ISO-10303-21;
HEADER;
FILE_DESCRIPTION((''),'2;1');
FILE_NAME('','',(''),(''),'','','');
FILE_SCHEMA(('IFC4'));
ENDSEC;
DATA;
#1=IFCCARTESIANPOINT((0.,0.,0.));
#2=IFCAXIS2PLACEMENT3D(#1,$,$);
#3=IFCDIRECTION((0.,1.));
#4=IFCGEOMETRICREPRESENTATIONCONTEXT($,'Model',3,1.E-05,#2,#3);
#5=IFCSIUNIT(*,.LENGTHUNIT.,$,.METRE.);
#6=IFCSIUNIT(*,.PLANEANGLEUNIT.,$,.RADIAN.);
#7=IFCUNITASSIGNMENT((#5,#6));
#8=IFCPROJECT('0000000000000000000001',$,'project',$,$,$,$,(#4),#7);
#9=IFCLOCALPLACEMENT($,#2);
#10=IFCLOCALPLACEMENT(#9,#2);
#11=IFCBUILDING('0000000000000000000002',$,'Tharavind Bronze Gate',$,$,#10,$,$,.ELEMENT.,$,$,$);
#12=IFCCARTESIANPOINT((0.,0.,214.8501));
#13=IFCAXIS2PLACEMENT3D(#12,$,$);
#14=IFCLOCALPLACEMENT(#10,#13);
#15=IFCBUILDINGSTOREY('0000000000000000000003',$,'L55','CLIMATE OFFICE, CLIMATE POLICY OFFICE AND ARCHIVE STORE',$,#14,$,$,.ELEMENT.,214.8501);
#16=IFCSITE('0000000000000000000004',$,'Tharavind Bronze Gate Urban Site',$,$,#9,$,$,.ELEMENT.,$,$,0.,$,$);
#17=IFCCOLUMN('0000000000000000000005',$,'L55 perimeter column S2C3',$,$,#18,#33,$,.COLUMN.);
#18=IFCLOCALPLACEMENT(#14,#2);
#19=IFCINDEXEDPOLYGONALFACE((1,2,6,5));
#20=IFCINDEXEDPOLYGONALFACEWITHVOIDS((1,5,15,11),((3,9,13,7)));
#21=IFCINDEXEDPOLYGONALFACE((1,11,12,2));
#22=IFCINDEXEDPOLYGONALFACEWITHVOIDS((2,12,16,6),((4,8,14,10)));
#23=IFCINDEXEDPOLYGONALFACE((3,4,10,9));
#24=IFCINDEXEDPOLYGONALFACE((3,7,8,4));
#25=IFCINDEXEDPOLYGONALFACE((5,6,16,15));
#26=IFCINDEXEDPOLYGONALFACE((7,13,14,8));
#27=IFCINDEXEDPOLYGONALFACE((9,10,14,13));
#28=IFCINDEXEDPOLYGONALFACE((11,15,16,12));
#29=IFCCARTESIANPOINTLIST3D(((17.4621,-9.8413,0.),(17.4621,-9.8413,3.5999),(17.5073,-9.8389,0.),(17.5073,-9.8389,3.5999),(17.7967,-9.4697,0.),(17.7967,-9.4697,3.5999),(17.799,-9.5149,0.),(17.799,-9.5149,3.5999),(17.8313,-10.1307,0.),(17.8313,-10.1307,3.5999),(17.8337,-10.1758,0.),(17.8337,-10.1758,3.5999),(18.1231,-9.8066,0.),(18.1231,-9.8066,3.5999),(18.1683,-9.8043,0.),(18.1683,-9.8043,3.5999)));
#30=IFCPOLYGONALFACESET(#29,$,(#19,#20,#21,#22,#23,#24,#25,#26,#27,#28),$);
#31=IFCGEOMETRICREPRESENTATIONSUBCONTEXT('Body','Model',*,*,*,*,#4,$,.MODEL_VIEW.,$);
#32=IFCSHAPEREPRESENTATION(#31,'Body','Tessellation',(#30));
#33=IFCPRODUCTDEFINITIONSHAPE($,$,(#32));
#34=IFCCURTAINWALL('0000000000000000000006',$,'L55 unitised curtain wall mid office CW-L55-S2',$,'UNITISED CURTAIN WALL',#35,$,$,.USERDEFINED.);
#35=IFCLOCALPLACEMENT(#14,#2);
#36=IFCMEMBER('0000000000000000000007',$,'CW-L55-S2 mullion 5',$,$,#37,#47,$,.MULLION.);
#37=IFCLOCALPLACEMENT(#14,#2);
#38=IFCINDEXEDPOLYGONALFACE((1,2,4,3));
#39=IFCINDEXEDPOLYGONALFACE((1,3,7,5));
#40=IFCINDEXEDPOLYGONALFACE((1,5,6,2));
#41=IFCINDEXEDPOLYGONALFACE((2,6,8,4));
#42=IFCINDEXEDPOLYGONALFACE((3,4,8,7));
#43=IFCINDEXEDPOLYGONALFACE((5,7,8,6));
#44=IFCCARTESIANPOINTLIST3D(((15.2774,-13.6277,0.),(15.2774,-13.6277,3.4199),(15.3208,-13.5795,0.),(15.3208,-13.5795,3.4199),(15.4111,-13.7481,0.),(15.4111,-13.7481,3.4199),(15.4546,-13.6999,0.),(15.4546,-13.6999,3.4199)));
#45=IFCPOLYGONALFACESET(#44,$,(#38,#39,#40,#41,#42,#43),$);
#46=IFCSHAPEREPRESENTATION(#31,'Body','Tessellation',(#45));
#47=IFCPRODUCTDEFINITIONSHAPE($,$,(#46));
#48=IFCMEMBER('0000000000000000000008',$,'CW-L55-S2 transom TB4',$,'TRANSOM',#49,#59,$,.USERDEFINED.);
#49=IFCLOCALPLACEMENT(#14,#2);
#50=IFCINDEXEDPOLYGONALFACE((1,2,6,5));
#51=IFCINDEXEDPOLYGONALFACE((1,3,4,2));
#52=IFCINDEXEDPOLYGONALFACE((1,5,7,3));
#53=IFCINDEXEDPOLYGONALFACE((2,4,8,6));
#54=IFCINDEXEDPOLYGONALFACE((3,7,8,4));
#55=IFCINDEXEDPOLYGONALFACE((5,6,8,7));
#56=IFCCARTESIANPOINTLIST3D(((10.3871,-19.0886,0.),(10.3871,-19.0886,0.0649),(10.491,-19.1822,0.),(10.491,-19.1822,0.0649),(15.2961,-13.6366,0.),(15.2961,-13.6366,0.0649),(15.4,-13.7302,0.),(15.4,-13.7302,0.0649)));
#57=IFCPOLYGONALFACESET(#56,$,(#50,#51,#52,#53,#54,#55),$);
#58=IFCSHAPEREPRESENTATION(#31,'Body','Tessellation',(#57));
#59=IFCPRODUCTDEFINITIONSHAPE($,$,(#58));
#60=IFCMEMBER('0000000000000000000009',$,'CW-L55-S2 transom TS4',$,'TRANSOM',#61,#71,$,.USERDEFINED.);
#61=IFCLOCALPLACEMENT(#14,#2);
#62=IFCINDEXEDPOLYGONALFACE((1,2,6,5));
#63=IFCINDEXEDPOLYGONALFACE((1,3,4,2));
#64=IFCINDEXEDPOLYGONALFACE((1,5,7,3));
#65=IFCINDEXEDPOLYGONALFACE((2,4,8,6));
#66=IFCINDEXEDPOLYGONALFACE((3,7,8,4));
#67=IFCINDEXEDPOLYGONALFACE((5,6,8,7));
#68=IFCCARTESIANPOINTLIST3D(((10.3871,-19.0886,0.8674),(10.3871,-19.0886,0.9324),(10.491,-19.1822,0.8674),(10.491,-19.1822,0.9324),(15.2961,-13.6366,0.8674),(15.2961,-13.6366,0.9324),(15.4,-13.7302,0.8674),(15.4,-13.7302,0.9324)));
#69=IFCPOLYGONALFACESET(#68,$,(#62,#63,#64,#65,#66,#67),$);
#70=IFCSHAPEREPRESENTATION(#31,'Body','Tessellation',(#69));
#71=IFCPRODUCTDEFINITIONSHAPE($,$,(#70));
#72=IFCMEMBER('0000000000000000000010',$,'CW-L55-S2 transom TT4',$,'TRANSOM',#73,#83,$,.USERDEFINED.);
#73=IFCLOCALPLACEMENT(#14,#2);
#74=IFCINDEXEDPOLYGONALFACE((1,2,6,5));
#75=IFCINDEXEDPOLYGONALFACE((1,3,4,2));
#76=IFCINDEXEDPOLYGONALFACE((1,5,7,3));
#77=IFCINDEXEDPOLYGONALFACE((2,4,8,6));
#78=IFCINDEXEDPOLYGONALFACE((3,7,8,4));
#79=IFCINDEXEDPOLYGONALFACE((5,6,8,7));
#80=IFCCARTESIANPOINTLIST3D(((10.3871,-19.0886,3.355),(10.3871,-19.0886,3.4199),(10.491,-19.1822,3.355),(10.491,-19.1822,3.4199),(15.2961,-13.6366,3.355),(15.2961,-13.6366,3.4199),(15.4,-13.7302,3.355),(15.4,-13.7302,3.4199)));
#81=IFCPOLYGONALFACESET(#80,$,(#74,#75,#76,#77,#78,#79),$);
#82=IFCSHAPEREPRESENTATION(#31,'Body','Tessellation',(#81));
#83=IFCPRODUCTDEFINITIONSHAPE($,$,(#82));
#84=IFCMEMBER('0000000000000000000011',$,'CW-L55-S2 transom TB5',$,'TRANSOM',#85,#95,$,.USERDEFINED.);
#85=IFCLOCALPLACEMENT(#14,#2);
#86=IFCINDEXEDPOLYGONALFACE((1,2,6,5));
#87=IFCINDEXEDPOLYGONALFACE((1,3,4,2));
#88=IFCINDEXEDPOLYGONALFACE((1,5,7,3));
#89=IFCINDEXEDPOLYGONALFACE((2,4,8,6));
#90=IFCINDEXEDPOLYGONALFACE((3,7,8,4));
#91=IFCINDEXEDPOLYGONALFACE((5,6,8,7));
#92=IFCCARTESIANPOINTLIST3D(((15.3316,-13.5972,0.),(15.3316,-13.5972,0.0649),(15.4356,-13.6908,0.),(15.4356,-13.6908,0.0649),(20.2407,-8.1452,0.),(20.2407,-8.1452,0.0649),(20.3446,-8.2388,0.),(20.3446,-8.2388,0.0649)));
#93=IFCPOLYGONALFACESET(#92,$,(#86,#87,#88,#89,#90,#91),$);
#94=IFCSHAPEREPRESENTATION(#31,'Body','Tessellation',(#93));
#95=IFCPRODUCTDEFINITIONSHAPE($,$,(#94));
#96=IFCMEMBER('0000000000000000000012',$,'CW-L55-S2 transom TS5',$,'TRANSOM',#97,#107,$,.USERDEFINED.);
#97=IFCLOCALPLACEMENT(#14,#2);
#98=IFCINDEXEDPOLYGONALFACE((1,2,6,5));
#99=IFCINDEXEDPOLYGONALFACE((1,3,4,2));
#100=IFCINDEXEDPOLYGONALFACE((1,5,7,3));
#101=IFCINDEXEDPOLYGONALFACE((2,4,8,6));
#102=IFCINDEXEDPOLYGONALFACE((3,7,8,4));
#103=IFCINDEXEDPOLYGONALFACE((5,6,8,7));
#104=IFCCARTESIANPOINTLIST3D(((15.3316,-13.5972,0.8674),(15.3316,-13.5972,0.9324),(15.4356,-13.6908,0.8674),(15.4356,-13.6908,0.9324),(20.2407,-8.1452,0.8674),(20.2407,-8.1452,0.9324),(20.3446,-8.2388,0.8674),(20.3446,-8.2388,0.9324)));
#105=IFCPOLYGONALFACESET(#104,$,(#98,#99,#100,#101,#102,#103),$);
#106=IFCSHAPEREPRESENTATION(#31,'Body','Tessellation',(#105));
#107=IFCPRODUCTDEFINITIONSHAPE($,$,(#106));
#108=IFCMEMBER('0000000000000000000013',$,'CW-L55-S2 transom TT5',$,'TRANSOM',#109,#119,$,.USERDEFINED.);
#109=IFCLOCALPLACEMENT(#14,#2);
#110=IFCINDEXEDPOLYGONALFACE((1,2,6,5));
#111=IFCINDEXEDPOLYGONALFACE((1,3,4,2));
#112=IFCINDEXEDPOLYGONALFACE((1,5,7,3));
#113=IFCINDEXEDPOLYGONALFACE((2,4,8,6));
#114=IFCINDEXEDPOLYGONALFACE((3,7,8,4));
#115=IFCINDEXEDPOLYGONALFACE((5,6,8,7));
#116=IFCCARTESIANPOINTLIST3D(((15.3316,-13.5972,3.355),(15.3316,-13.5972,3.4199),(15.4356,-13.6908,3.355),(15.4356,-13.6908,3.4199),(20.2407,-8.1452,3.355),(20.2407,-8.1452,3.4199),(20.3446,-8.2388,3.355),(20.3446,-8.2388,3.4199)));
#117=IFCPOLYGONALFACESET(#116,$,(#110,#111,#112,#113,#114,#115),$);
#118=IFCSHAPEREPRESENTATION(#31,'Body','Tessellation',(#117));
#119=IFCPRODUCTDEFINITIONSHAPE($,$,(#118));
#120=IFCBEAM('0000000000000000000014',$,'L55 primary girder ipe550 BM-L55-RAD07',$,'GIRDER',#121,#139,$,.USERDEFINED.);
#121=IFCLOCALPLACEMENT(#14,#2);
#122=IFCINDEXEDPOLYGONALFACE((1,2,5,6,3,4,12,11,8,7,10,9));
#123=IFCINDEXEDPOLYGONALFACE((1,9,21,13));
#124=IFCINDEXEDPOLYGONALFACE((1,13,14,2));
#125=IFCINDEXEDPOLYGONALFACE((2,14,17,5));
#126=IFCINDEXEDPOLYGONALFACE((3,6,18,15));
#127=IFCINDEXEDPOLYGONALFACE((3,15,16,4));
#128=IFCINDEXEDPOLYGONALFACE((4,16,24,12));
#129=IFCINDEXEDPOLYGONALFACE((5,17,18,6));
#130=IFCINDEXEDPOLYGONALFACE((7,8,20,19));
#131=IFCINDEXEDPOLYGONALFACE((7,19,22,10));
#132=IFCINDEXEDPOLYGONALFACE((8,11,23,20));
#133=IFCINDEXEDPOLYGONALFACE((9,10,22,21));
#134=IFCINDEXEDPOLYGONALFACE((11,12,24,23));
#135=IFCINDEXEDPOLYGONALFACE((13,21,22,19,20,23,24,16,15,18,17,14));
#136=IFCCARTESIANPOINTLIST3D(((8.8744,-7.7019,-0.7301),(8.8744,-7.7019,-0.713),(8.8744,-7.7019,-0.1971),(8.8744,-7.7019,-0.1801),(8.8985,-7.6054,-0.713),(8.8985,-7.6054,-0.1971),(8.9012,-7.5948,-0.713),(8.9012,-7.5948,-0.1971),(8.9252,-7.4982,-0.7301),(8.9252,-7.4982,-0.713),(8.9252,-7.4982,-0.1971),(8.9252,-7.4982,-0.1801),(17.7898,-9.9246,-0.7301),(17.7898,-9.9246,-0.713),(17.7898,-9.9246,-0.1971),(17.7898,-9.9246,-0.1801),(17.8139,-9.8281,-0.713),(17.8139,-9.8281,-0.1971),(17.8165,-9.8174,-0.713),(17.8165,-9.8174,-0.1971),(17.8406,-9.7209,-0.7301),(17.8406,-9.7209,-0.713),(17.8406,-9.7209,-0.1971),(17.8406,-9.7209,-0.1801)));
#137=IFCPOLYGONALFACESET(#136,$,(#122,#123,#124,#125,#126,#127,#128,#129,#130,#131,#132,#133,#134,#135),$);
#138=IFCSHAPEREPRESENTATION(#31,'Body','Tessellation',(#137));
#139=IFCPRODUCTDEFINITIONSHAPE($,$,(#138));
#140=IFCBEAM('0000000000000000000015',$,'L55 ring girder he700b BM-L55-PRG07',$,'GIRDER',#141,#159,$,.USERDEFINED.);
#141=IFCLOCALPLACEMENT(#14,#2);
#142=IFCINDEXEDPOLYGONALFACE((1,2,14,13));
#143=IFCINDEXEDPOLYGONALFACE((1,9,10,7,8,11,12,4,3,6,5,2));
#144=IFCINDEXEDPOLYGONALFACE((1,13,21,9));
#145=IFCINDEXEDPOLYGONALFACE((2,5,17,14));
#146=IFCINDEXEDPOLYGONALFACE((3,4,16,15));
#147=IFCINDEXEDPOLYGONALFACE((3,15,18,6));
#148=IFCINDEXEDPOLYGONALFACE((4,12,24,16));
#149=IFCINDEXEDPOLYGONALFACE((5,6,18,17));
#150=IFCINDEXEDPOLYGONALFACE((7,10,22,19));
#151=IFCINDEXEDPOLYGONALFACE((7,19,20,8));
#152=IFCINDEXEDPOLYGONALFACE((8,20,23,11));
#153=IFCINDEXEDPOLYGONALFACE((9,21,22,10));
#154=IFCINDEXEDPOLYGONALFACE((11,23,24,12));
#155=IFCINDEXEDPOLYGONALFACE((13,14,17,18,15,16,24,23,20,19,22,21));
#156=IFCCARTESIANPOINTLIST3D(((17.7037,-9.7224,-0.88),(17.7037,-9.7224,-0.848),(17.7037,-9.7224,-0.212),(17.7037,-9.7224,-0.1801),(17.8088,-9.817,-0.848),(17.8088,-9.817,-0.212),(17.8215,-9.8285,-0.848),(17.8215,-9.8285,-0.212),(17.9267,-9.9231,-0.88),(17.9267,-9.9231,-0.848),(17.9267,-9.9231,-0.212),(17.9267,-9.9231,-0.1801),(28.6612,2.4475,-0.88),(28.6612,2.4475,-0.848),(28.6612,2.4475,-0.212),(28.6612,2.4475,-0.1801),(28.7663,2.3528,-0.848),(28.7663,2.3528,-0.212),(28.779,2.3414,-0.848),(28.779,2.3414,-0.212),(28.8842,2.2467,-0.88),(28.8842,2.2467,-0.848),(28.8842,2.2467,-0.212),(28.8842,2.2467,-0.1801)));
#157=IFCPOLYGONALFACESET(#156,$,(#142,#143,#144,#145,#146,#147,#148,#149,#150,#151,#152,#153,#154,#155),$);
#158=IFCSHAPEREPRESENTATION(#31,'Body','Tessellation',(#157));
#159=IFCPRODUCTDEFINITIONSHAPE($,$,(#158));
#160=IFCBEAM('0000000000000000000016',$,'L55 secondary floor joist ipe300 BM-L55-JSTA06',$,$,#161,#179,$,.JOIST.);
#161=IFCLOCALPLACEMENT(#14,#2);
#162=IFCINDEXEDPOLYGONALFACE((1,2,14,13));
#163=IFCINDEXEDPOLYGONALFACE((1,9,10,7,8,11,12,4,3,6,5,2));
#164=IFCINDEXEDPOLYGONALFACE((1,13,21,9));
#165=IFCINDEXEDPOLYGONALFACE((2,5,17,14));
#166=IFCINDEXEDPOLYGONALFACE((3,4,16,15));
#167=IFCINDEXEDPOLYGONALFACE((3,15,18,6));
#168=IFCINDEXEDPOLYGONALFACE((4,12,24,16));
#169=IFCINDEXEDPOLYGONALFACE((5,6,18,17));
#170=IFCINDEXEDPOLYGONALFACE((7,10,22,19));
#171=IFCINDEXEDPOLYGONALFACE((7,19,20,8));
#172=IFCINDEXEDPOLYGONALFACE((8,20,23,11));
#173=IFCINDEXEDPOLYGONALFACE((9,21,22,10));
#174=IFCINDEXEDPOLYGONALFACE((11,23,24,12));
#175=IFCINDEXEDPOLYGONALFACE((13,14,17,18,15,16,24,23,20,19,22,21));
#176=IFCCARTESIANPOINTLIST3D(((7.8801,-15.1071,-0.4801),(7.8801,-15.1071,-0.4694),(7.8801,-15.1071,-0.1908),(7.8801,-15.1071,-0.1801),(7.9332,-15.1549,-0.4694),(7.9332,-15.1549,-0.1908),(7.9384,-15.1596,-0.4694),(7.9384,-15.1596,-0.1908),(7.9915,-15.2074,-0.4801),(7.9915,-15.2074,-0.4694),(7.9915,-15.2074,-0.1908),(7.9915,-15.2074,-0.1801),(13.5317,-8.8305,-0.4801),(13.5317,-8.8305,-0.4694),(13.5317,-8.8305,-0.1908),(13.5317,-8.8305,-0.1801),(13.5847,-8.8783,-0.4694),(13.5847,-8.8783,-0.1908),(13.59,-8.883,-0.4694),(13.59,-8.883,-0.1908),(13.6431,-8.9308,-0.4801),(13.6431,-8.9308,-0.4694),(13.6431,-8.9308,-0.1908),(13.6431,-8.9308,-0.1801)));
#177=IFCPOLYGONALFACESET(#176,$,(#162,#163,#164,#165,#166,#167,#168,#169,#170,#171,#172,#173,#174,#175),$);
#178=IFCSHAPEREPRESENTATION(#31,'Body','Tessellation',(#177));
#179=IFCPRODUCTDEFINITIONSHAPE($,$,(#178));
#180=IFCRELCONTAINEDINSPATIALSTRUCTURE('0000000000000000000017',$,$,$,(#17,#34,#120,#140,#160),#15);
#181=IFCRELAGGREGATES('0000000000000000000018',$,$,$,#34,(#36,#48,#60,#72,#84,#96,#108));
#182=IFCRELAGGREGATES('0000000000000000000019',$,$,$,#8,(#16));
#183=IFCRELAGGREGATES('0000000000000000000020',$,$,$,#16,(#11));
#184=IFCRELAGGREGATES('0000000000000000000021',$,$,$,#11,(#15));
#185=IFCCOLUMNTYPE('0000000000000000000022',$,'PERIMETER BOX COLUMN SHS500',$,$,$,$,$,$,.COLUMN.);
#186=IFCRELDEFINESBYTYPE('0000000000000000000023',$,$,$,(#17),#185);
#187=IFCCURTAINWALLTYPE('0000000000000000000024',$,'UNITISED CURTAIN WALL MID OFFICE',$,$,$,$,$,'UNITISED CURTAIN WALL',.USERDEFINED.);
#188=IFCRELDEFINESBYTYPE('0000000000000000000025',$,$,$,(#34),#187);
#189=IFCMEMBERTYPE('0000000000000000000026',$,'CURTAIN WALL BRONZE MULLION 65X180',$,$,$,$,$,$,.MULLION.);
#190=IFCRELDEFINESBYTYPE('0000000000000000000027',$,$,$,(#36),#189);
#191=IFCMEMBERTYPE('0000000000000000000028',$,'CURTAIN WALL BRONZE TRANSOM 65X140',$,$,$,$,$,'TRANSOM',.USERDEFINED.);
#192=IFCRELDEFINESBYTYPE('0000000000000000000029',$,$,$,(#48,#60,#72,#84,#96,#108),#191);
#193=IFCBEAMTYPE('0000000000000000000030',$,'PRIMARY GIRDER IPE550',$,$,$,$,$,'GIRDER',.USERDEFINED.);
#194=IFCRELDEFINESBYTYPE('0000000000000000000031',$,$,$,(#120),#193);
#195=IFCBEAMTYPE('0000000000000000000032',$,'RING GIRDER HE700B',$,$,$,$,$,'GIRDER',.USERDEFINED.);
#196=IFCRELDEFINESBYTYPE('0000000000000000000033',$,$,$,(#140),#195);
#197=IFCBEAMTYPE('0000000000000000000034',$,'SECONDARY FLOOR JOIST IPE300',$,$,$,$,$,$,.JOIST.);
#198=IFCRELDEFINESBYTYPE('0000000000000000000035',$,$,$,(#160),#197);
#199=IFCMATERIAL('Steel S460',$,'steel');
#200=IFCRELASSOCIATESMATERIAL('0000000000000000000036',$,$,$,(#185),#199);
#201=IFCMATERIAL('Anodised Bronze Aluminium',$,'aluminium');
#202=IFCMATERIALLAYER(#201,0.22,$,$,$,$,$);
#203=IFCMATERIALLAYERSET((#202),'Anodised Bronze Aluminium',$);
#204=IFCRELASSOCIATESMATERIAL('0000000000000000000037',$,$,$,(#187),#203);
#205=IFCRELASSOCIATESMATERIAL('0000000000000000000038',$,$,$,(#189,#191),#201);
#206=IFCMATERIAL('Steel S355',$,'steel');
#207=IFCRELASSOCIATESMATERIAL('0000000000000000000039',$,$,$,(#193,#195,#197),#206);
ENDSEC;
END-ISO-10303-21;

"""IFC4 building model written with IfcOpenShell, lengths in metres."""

from ifc_helpers import new_model, si_unit, direction, frame, origin, origin_2d, place, context, subcontext, project, spatial, rectangle, hollow_rectangle, i_section, extrude, material, layer, layer_set, material_profile, profile_set, type_object, element, aggregate, save


model = new_model("IFC4")

# Units and contexts
model_context = context("Model", 3, precision=1e-05, world=origin(), true_north=direction((0.0, 1.0)))
body_context = subcontext(model_context, "Body", "Model", "MODEL_VIEW")
ifc_project = project(units=[si_unit("LENGTHUNIT", "METRE"), si_unit("PLANEANGLEUNIT", "RADIAN")], contexts=[model_context])

# Site, building, storey
site_placement = place(None, origin())
site = spatial("IfcSite", under=ifc_project, at=site_placement, Name="Tharavind Bronze Gate Urban Site", CompositionType="ELEMENT", RefElevation=0.0)
building_placement = place(site_placement, origin())
building = spatial("IfcBuilding", under=site, at=building_placement, Name="Tharavind Bronze Gate", CompositionType="ELEMENT")
storey_placement = place(building_placement, frame((0.0, 0.0, 214.8501)))
storey = spatial("IfcBuildingStorey", under=building, at=storey_placement, Name="L55", Description="CLIMATE OFFICE, CLIMATE POLICY OFFICE AND ARCHIVE STORE", CompositionType="ELEMENT", Elevation=214.8501)

# Column
ifc_material_1 = material(Name="Steel S460", Category="steel")
ifc_material_profile_1 = material_profile(ifc_material_1, hollow_rectangle(XDim=0.5, YDim=0.5, WallThickness=0.032, at=origin_2d()), Name="SHS500X32")
ifc_profile_set_1 = profile_set([ifc_material_profile_1], Name="Steel S460")
column_type = type_object("IfcColumnType", Name="PERIMETER BOX COLUMN SHS500", PredefinedType="COLUMN", material=ifc_profile_set_1)
column_placement = place(storey_placement, frame((17.8152, -9.8228, 0.0), z_axis=(0.0, 0.0, 1.0), x_axis=(0.669131, 0.743145, 0.0)))
element("IfcColumn", 1, at=column_placement, inside=storey, type_object=column_type, Name="L55 perimeter column S2C3", PredefinedType="COLUMN", context=body_context, shape_type="SweptSolid", body=[
    extrude(hollow_rectangle(XDim=0.5, YDim=0.5, WallThickness=0.032, at=origin_2d()), origin(), (0.0, 0.0, 1.0), 3.5999),
])

# Curtain wall, members
ifc_material_2 = material(Name="Anodised Bronze Aluminium", Category="aluminium")
ifc_layer_1 = layer(ifc_material_2, 0.22)
ifc_layer_set_1 = layer_set([ifc_layer_1], Name="Anodised Bronze Aluminium")
curtain_wall_type = type_object("IfcCurtainWallType", Name="UNITISED CURTAIN WALL MID OFFICE", ElementType="UNITISED CURTAIN WALL", PredefinedType="USERDEFINED", material=ifc_layer_set_1)
curtain_wall_placement = place(storey_placement, origin())
curtain_wall = element("IfcCurtainWall", 2, at=curtain_wall_placement, inside=storey, type_object=curtain_wall_type, Name="L55 unitised curtain wall mid office CW-L55-S2", ObjectType="UNITISED CURTAIN WALL", PredefinedType="USERDEFINED")
member_type_1 = type_object("IfcMemberType", Name="CURTAIN WALL BRONZE MULLION 65X180", PredefinedType="MULLION", material=ifc_material_2)
member_1_placement = place(storey_placement, frame((15.366, -13.6638, 0.0), z_axis=(0.0, 0.0, 1.0), x_axis=(0.669131, 0.743145, 0.0)))
member_1 = element("IfcMember", 3, at=member_1_placement, type_object=member_type_1, Name="CW-L55-S2 mullion 5", PredefinedType="MULLION", context=body_context, shape_type="SweptSolid", body=[
    extrude(rectangle(XDim=0.0649, YDim=0.1799, at=origin_2d()), origin(), (0.0, 0.0, 1.0), 3.4199),
])
member_type_2 = type_object("IfcMemberType", Name="CURTAIN WALL BRONZE TRANSOM 65X140", ElementType="TRANSOM", PredefinedType="USERDEFINED", material=ifc_material_2)
member_2_placement = place(storey_placement, frame((12.8936, -16.4094, 0.0), z_axis=(0.0, 0.0, 1.0), x_axis=(0.669131, 0.743145, 0.0)))
member_2 = element("IfcMember", 4, at=member_2_placement, type_object=member_type_2, Name="CW-L55-S2 transom TB4", ObjectType="TRANSOM", PredefinedType="USERDEFINED", context=body_context, shape_type="SweptSolid", body=[
    extrude(rectangle(XDim=7.3364, YDim=0.1399, at=origin_2d()), origin(), (0.0, 0.0, 1.0), 0.0649),
])
member_3_placement = place(storey_placement, frame((12.8936, -16.4094, 0.8674), z_axis=(0.0, 0.0, 1.0), x_axis=(0.669131, 0.743145, 0.0)))
member_3 = element("IfcMember", 5, at=member_3_placement, type_object=member_type_2, Name="CW-L55-S2 transom TS4", ObjectType="TRANSOM", PredefinedType="USERDEFINED", context=body_context, shape_type="SweptSolid", body=[
    extrude(rectangle(XDim=7.3364, YDim=0.1399, at=origin_2d()), origin(), (0.0, 0.0, 1.0), 0.0649),
])
member_4_placement = place(storey_placement, frame((12.8936, -16.4094, 3.355), z_axis=(0.0, 0.0, 1.0), x_axis=(0.669131, 0.743145, 0.0)))
member_4 = element("IfcMember", 6, at=member_4_placement, type_object=member_type_2, Name="CW-L55-S2 transom TT4", ObjectType="TRANSOM", PredefinedType="USERDEFINED", context=body_context, shape_type="SweptSolid", body=[
    extrude(rectangle(XDim=7.3364, YDim=0.1399, at=origin_2d()), origin(), (0.0, 0.0, 1.0), 0.0649),
])
member_5_placement = place(storey_placement, frame((17.8381, -10.918, 0.0), z_axis=(0.0, 0.0, 1.0), x_axis=(0.669131, 0.743145, 0.0)))
member_5 = element("IfcMember", 7, at=member_5_placement, type_object=member_type_2, Name="CW-L55-S2 transom TB5", ObjectType="TRANSOM", PredefinedType="USERDEFINED", context=body_context, shape_type="SweptSolid", body=[
    extrude(rectangle(XDim=7.3364, YDim=0.1399, at=origin_2d()), origin(), (0.0, 0.0, 1.0), 0.0649),
])
member_6_placement = place(storey_placement, frame((17.8381, -10.918, 0.8674), z_axis=(0.0, 0.0, 1.0), x_axis=(0.669131, 0.743145, 0.0)))
member_6 = element("IfcMember", 8, at=member_6_placement, type_object=member_type_2, Name="CW-L55-S2 transom TS5", ObjectType="TRANSOM", PredefinedType="USERDEFINED", context=body_context, shape_type="SweptSolid", body=[
    extrude(rectangle(XDim=7.3364, YDim=0.1399, at=origin_2d()), origin(), (0.0, 0.0, 1.0), 0.0649),
])
member_7_placement = place(storey_placement, frame((17.8381, -10.918, 3.355), z_axis=(0.0, 0.0, 1.0), x_axis=(0.669131, 0.743145, 0.0)))
member_7 = element("IfcMember", 9, at=member_7_placement, type_object=member_type_2, Name="CW-L55-S2 transom TT5", ObjectType="TRANSOM", PredefinedType="USERDEFINED", context=body_context, shape_type="SweptSolid", body=[
    extrude(rectangle(XDim=7.3364, YDim=0.1399, at=origin_2d()), origin(), (0.0, 0.0, 1.0), 0.0649),
])

# Beams
ifc_material_3 = material(Name="Steel S355", Category="steel")
ifc_material_profile_2 = material_profile(ifc_material_3, i_section(OverallWidth=0.21, OverallDepth=0.55, WebThickness=0.011, FlangeThickness=0.0171, at=origin_2d()), Name="IPE550")
ifc_profile_set_2 = profile_set([ifc_material_profile_2], Name="Steel S355")
beam_type_1 = type_object("IfcBeamType", Name="PRIMARY GIRDER IPE550", ElementType="GIRDER", PredefinedType="USERDEFINED", material=ifc_profile_set_2)
beam_1_placement = place(storey_placement, frame((17.8152, -9.8228, -0.4551), z_axis=(-0.9703, 0.241904, 0.0), x_axis=(-0.241904, -0.9703, 0.0)))
element("IfcBeam", 10, at=beam_1_placement, inside=storey, type_object=beam_type_1, Name="L55 primary girder ipe550 BM-L55-RAD07", ObjectType="GIRDER", PredefinedType="USERDEFINED", context=body_context, shape_type="SweptSolid", body=[
    extrude(i_section(OverallWidth=0.21, OverallDepth=0.55, WebThickness=0.011, FlangeThickness=0.0171, at=origin_2d()), origin(), (0.0, 0.0, 1.0), 9.1882),
])
ifc_material_profile_3 = material_profile(ifc_material_3, i_section(OverallWidth=0.3, OverallDepth=0.7, WebThickness=0.0171, FlangeThickness=0.032, at=origin_2d()), Name="HE700B")
ifc_profile_set_3 = profile_set([ifc_material_profile_3], Name="Steel S355")
beam_type_2 = type_object("IfcBeamType", Name="RING GIRDER HE700B", ElementType="GIRDER", PredefinedType="USERDEFINED", material=ifc_profile_set_3)
beam_2_placement = place(storey_placement, frame((17.8152, -9.8228, -0.53), z_axis=(0.66912, 0.743155, 0.0), x_axis=(-0.743155, 0.66912, 0.0)))
element("IfcBeam", 11, at=beam_2_placement, inside=storey, type_object=beam_type_2, Name="L55 ring girder he700b BM-L55-PRG07", ObjectType="GIRDER", PredefinedType="USERDEFINED", context=body_context, shape_type="SweptSolid", body=[
    extrude(i_section(OverallWidth=0.3, OverallDepth=0.7, WebThickness=0.0171, FlangeThickness=0.032, at=origin_2d()), origin(), (0.0, 0.0, 1.0), 16.376),
])
ifc_material_profile_4 = material_profile(ifc_material_3, i_section(OverallWidth=0.1499, OverallDepth=0.3, WebThickness=0.0071, FlangeThickness=0.0107, at=origin_2d()), Name="IPE300")
ifc_profile_set_4 = profile_set([ifc_material_profile_4], Name="Steel S355")
beam_type_3 = type_object("IfcBeamType", Name="SECONDARY FLOOR JOIST IPE300", PredefinedType="JOIST", material=ifc_profile_set_4)
beam_3_placement = place(storey_placement, frame((7.9358, -15.1572, -0.3301), z_axis=(0.669139, 0.743137, 0.0), x_axis=(-0.743137, 0.669139, 0.0)))
element("IfcBeam", 12, at=beam_3_placement, inside=storey, type_object=beam_type_3, Name="L55 secondary floor joist ipe300 BM-L55-JSTA06", PredefinedType="JOIST", context=body_context, shape_type="SweptSolid", body=[
    extrude(i_section(OverallWidth=0.1499, OverallDepth=0.3, WebThickness=0.0071, FlangeThickness=0.0107, at=origin_2d()), origin(), (0.0, 0.0, 1.0), 8.446),
])

aggregate(curtain_wall, [member_1, member_2, member_3, member_4, member_5, member_6, member_7])

save(model, "model.ifc")
